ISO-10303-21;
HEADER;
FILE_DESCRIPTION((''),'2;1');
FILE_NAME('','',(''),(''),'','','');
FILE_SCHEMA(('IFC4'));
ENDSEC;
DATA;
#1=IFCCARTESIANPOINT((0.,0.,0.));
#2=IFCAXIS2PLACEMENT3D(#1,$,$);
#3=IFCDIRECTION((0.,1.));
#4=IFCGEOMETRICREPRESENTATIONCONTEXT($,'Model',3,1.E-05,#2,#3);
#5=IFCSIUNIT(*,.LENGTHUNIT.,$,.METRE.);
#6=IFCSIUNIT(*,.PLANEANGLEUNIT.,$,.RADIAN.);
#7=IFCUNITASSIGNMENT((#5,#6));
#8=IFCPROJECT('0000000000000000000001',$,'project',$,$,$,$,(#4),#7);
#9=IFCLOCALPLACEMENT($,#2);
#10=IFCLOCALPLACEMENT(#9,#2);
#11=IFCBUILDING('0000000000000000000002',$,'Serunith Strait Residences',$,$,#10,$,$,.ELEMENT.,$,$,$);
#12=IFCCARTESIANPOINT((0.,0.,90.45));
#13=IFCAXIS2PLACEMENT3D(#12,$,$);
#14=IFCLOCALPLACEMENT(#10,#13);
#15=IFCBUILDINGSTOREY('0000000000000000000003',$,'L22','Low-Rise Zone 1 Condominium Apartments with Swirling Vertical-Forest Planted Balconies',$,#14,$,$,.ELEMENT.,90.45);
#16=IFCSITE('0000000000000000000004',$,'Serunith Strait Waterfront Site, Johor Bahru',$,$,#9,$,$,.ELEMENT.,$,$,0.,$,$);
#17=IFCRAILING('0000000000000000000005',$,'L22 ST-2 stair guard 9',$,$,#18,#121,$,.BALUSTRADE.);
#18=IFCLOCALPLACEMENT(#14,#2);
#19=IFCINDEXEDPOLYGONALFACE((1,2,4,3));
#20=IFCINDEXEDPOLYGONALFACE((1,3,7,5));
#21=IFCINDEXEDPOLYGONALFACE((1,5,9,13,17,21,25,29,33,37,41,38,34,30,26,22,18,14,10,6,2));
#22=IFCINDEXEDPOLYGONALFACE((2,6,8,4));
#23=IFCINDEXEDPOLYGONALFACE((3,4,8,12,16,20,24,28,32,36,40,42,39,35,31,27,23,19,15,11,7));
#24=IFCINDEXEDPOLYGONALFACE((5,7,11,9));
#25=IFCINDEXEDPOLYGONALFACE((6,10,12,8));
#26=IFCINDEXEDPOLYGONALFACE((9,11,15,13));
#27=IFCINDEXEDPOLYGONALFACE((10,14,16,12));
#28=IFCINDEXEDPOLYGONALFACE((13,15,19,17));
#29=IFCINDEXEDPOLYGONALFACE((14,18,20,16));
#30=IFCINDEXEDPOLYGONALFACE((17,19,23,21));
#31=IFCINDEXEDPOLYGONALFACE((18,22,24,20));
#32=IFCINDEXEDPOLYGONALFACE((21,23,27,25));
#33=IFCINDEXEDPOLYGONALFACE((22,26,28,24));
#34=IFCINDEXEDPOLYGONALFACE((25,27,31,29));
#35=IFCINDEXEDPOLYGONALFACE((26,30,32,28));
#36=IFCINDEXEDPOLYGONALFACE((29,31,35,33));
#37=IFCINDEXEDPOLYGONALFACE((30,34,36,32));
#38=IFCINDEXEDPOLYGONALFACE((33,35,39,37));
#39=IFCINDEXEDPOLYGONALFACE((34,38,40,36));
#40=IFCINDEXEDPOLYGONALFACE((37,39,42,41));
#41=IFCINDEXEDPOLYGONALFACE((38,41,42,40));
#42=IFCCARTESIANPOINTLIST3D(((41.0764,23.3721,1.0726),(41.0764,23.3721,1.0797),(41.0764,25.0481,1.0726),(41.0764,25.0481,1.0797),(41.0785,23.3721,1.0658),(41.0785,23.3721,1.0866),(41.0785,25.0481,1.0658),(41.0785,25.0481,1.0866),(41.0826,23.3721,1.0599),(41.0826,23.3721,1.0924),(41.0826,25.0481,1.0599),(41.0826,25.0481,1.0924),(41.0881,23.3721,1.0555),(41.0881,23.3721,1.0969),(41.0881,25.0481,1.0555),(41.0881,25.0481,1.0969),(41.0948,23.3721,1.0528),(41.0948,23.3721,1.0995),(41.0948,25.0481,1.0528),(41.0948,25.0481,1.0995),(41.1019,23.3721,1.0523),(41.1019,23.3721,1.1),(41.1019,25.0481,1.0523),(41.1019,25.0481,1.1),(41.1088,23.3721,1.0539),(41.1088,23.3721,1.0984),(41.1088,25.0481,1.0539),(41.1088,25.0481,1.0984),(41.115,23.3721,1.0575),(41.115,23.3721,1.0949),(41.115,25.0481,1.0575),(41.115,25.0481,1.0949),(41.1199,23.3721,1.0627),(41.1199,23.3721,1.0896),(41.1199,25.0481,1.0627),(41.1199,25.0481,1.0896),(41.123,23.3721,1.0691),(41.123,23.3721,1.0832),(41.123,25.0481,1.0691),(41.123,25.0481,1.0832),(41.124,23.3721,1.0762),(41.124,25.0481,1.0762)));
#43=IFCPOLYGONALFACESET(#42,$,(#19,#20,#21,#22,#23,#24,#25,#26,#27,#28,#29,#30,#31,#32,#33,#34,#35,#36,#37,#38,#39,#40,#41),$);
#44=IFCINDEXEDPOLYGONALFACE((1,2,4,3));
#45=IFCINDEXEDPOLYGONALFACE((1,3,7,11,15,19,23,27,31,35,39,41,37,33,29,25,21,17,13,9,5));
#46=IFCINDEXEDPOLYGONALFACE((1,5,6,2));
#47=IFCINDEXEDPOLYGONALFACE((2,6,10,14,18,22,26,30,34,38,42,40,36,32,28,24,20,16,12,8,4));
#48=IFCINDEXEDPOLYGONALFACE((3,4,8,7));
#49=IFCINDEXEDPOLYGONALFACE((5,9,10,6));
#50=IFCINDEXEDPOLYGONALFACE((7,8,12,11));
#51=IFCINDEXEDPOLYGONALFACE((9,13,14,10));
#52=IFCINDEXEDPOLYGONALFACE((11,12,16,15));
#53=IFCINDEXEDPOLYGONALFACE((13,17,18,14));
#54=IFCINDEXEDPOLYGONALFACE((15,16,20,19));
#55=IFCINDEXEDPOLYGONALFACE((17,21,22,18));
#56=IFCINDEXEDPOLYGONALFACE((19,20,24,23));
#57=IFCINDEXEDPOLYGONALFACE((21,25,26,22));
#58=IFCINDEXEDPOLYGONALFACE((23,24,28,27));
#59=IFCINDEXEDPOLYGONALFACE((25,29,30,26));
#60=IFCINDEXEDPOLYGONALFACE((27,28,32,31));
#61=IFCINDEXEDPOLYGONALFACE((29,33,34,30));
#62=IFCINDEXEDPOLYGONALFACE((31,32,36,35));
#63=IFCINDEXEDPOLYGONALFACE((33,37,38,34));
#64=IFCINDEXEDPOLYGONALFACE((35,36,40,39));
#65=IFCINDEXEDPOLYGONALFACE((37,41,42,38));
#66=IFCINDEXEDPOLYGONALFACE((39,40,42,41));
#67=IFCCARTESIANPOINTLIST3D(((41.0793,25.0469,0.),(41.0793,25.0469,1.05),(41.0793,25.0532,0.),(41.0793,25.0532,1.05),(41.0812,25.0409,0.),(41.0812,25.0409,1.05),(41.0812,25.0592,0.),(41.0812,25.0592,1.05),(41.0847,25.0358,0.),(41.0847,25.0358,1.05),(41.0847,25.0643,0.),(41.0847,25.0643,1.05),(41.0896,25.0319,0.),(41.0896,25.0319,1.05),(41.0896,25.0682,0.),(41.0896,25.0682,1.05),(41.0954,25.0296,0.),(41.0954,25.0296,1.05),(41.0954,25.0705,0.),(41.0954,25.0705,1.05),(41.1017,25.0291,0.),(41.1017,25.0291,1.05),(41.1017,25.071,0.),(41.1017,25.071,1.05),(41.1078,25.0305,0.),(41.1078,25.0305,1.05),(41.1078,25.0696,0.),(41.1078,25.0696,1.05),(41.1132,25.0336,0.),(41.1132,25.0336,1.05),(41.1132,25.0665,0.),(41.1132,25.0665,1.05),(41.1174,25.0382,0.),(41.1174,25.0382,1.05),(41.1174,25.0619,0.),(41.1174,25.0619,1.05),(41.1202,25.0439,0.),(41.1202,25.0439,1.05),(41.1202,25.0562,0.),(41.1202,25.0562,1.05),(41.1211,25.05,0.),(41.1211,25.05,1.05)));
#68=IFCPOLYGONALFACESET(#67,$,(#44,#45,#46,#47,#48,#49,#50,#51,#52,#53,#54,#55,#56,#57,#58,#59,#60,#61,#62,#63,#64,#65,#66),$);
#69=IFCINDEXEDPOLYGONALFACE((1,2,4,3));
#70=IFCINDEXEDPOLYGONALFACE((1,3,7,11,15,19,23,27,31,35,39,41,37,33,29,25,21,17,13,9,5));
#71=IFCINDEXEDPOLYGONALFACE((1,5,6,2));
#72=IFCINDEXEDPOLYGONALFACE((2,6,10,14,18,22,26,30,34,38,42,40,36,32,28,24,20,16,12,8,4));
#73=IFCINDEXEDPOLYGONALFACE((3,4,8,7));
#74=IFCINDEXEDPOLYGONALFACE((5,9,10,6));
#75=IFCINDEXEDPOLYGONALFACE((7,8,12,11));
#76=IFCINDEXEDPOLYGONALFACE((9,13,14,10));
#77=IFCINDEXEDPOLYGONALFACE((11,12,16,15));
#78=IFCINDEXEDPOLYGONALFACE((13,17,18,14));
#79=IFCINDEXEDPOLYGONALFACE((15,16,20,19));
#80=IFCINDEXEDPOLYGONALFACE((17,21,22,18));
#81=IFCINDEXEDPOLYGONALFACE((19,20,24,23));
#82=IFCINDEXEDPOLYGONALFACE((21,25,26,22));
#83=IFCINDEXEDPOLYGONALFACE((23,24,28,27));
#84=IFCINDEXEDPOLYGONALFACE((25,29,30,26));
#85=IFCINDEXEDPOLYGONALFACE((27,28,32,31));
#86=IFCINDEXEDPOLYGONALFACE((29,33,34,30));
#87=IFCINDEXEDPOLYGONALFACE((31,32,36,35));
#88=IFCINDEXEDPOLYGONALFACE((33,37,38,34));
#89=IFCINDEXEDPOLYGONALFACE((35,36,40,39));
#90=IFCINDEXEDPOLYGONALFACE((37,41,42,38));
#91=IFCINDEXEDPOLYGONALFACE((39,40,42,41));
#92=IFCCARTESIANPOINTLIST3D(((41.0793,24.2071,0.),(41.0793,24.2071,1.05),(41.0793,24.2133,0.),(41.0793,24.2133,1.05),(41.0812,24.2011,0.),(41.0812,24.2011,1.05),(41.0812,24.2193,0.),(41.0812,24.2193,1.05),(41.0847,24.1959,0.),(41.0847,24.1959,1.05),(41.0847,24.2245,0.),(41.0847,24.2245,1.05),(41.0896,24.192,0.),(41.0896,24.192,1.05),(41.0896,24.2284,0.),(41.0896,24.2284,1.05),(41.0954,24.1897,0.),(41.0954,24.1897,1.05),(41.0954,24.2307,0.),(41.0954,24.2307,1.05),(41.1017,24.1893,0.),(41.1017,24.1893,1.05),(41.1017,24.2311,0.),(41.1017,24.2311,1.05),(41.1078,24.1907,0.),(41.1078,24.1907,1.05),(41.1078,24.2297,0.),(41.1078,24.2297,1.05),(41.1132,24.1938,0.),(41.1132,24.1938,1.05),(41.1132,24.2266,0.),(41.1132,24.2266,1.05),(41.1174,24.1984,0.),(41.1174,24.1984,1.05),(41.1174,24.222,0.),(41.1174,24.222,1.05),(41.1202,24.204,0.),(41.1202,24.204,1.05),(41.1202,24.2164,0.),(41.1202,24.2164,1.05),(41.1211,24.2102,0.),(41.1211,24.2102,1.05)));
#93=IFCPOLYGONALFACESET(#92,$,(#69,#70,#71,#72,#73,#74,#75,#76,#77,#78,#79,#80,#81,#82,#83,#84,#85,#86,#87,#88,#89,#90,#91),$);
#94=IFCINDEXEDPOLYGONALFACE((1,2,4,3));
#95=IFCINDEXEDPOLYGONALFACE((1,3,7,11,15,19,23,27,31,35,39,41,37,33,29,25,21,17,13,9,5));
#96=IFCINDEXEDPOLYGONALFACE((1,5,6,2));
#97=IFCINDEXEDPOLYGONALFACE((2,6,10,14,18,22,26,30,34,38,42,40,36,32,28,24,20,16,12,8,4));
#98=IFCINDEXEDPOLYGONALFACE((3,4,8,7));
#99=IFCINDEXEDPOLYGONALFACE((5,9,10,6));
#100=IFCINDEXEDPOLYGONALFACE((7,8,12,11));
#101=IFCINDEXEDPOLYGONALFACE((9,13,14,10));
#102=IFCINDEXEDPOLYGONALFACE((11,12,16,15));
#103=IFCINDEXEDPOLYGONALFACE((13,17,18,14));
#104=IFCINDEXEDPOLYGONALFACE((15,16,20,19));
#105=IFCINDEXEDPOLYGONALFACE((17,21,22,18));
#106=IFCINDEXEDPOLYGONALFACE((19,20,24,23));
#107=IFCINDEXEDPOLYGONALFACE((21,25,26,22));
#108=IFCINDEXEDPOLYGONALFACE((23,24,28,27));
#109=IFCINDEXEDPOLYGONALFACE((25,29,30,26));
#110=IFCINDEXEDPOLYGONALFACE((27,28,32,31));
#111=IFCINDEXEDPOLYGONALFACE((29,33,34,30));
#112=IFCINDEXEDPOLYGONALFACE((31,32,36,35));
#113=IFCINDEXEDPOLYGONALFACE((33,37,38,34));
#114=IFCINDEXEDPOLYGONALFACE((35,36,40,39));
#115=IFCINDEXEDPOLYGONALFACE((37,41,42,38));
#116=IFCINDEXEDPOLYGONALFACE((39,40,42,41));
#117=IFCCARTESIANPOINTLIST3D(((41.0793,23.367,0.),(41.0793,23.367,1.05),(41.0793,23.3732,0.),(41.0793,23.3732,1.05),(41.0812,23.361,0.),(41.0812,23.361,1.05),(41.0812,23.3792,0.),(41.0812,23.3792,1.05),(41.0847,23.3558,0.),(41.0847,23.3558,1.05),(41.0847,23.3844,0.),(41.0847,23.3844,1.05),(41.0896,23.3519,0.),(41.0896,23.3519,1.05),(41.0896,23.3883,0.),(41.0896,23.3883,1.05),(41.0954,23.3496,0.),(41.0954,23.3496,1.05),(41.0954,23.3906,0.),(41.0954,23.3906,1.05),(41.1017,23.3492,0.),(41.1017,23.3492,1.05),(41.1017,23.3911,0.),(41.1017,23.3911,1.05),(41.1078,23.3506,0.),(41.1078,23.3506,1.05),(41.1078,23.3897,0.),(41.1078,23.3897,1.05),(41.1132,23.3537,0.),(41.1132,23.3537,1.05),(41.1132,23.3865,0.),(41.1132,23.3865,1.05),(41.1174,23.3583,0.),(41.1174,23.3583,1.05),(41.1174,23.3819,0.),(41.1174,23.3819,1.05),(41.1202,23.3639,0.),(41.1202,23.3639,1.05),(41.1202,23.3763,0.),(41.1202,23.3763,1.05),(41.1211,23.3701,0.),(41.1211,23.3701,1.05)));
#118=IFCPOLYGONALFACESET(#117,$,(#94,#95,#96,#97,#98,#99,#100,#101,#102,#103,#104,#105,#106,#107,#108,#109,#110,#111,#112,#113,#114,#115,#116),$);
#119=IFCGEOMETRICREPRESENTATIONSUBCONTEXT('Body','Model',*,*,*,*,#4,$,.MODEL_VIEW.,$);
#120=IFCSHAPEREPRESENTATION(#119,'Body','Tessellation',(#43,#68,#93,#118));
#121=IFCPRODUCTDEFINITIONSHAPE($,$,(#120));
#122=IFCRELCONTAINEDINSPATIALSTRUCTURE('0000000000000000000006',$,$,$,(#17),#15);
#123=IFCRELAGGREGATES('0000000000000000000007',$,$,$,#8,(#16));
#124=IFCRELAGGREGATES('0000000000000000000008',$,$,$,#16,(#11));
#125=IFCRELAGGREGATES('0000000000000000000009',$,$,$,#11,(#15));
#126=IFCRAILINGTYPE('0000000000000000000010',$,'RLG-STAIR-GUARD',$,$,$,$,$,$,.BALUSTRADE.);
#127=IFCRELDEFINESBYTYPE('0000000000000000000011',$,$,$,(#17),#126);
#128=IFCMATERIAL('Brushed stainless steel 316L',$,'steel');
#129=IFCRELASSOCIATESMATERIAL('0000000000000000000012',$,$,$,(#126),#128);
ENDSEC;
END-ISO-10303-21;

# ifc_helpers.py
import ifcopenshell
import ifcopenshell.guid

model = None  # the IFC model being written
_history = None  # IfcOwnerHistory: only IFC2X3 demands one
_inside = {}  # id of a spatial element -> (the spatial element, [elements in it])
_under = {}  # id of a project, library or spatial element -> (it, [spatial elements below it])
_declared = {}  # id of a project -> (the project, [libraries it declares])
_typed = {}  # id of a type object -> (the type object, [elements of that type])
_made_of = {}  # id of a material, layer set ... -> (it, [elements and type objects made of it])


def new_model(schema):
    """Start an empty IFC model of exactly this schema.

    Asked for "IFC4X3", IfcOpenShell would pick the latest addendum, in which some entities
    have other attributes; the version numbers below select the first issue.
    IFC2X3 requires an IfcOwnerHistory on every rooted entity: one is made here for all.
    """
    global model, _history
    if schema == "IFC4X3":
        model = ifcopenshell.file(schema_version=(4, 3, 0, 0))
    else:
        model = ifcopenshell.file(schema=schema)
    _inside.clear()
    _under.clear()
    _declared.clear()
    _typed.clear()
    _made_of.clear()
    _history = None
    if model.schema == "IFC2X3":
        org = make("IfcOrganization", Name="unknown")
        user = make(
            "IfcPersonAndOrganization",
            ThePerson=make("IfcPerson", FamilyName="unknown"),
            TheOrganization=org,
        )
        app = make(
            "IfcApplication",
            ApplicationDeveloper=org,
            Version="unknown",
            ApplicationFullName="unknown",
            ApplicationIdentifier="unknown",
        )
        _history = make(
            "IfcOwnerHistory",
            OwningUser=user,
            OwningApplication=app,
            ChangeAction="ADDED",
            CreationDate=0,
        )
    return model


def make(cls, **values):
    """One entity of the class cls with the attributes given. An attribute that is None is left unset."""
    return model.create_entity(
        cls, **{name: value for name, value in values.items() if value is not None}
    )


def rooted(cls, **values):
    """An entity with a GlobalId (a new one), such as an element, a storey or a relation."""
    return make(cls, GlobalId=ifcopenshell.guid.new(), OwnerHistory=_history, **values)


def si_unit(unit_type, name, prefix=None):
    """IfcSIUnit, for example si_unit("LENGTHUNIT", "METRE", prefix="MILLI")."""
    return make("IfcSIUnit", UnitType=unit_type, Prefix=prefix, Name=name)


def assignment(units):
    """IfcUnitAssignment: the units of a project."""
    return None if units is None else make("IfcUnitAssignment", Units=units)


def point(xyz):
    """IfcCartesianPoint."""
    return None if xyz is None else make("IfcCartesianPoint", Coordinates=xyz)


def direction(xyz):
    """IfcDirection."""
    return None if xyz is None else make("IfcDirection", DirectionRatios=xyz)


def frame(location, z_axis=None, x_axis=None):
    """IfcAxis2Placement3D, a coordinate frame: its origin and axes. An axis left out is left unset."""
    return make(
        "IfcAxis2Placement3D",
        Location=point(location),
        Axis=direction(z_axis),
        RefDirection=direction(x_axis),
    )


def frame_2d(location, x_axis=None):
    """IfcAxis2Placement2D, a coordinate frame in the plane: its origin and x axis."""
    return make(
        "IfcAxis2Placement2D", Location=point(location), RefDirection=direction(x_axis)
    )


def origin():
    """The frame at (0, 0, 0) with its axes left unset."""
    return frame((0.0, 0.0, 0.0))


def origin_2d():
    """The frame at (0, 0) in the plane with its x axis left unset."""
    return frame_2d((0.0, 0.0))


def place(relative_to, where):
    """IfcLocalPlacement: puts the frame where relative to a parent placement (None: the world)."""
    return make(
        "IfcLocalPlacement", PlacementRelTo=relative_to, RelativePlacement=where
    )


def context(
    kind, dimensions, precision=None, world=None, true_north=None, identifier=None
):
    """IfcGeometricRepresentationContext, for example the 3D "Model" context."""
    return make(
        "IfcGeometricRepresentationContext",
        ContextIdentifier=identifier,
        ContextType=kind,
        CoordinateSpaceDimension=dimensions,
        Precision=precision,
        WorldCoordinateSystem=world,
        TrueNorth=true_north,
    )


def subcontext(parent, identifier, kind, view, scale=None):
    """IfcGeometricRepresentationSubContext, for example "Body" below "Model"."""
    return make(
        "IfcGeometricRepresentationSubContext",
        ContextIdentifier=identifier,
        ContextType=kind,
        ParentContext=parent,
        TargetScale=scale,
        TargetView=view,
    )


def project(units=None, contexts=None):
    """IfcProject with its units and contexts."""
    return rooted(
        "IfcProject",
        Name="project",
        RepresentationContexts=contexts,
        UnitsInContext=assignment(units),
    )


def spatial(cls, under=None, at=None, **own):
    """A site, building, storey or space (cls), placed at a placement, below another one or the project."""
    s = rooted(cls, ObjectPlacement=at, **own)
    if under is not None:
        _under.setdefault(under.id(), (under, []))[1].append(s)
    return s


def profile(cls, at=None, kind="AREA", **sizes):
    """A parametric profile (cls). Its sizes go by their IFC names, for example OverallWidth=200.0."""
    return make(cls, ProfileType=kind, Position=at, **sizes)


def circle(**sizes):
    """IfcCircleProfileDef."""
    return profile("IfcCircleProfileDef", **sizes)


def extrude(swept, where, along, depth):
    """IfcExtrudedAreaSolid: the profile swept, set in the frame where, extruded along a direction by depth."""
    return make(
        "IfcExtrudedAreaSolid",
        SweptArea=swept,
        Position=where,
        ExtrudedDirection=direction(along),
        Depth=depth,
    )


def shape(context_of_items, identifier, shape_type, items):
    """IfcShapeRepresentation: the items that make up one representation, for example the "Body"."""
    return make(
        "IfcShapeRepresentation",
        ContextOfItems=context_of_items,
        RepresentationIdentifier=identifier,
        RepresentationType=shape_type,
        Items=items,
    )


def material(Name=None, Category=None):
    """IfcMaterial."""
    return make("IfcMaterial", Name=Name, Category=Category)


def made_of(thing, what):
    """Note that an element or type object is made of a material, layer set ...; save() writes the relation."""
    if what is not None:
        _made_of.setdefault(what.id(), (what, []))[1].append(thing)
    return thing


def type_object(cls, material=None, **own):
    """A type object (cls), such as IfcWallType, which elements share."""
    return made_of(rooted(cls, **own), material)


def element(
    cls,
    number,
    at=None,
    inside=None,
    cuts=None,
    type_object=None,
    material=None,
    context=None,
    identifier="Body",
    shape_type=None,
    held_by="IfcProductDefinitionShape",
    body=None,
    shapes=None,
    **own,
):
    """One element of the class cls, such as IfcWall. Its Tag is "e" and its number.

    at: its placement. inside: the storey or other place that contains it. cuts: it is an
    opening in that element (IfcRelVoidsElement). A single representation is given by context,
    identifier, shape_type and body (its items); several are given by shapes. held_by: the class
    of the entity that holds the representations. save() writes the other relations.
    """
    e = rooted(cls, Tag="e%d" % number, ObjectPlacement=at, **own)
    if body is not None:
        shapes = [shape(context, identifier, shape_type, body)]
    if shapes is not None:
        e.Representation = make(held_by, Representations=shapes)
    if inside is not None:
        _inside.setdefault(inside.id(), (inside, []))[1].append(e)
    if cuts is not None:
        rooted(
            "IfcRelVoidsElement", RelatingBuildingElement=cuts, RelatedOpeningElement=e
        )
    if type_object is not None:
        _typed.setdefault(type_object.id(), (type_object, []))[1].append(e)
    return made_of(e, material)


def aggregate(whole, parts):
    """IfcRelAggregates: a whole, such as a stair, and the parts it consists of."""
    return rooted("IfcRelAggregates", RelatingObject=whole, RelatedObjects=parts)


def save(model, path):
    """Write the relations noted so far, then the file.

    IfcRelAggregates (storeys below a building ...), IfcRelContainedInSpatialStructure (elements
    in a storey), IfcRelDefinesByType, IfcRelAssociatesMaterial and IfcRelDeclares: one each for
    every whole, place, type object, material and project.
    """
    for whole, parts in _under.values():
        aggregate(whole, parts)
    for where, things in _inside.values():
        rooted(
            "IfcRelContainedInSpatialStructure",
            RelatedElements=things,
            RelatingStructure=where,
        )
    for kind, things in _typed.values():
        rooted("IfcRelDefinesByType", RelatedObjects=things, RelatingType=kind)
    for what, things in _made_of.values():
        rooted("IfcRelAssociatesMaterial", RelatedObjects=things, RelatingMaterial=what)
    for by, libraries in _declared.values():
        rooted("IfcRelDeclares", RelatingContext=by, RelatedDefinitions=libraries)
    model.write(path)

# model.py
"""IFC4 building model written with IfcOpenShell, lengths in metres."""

from ifc_helpers import new_model, si_unit, direction, frame, origin, origin_2d, place, context, subcontext, project, spatial, circle, extrude, material, type_object, element, save


model = new_model("IFC4")

# Units and contexts
model_context = context("Model", 3, precision=1e-05, world=origin(), true_north=direction((0.0, 1.0)))
body_context = subcontext(model_context, "Body", "Model", "MODEL_VIEW")
ifc_project = project(units=[si_unit("LENGTHUNIT", "METRE"), si_unit("PLANEANGLEUNIT", "RADIAN")], contexts=[model_context])

# Site, building, storey
site_placement = place(None, origin())
site = spatial("IfcSite", under=ifc_project, at=site_placement, Name="Serunith Strait Waterfront Site, Johor Bahru", CompositionType="ELEMENT", RefElevation=0.0)
building_placement = place(site_placement, origin())
building = spatial("IfcBuilding", under=site, at=building_placement, Name="Serunith Strait Residences", CompositionType="ELEMENT")
storey_placement = place(building_placement, frame((0.0, 0.0, 90.45)))
storey = spatial("IfcBuildingStorey", under=building, at=storey_placement, Name="L22", Description="Low-Rise Zone 1 Condominium Apartments with Swirling Vertical-Forest Planted Balconies", CompositionType="ELEMENT", Elevation=90.45)

# Railing
ifc_material_1 = material(Name="Brushed stainless steel 316L", Category="steel")
railing_type = type_object("IfcRailingType", Name="RLG-STAIR-GUARD", PredefinedType="BALUSTRADE", material=ifc_material_1)
for number, where, name in (
    (1, (41.1001, 25.05, 0.0), "L22 ST-2 stair guard 9"),
):
    element("IfcRailing", number, at=place(storey_placement, frame(where)), inside=storey, type_object=railing_type, Name=name, PredefinedType="BALUSTRADE", context=body_context, shape_type="SweptSolid", body=[
        extrude(circle(Radius=0.0239, at=origin_2d()), frame((0.0, -0.002, 1.0762), z_axis=(0.0, -1.0, 0.0), x_axis=(1.0, 0.0, 0.0)), (0.0, 0.0, 1.0), 1.676),
        extrude(circle(Radius=0.021, at=origin_2d()), origin(), (0.0, 0.0, 1.0), 1.05),
        extrude(circle(Radius=0.021, at=origin_2d()), frame((0.0, -0.8398, 0.0)), (0.0, 0.0, 1.0), 1.05),
        extrude(circle(Radius=0.021, at=origin_2d()), frame((0.0, -1.6799, 0.0)), (0.0, 0.0, 1.0), 1.05),
    ])

save(model, "model.ifc")
